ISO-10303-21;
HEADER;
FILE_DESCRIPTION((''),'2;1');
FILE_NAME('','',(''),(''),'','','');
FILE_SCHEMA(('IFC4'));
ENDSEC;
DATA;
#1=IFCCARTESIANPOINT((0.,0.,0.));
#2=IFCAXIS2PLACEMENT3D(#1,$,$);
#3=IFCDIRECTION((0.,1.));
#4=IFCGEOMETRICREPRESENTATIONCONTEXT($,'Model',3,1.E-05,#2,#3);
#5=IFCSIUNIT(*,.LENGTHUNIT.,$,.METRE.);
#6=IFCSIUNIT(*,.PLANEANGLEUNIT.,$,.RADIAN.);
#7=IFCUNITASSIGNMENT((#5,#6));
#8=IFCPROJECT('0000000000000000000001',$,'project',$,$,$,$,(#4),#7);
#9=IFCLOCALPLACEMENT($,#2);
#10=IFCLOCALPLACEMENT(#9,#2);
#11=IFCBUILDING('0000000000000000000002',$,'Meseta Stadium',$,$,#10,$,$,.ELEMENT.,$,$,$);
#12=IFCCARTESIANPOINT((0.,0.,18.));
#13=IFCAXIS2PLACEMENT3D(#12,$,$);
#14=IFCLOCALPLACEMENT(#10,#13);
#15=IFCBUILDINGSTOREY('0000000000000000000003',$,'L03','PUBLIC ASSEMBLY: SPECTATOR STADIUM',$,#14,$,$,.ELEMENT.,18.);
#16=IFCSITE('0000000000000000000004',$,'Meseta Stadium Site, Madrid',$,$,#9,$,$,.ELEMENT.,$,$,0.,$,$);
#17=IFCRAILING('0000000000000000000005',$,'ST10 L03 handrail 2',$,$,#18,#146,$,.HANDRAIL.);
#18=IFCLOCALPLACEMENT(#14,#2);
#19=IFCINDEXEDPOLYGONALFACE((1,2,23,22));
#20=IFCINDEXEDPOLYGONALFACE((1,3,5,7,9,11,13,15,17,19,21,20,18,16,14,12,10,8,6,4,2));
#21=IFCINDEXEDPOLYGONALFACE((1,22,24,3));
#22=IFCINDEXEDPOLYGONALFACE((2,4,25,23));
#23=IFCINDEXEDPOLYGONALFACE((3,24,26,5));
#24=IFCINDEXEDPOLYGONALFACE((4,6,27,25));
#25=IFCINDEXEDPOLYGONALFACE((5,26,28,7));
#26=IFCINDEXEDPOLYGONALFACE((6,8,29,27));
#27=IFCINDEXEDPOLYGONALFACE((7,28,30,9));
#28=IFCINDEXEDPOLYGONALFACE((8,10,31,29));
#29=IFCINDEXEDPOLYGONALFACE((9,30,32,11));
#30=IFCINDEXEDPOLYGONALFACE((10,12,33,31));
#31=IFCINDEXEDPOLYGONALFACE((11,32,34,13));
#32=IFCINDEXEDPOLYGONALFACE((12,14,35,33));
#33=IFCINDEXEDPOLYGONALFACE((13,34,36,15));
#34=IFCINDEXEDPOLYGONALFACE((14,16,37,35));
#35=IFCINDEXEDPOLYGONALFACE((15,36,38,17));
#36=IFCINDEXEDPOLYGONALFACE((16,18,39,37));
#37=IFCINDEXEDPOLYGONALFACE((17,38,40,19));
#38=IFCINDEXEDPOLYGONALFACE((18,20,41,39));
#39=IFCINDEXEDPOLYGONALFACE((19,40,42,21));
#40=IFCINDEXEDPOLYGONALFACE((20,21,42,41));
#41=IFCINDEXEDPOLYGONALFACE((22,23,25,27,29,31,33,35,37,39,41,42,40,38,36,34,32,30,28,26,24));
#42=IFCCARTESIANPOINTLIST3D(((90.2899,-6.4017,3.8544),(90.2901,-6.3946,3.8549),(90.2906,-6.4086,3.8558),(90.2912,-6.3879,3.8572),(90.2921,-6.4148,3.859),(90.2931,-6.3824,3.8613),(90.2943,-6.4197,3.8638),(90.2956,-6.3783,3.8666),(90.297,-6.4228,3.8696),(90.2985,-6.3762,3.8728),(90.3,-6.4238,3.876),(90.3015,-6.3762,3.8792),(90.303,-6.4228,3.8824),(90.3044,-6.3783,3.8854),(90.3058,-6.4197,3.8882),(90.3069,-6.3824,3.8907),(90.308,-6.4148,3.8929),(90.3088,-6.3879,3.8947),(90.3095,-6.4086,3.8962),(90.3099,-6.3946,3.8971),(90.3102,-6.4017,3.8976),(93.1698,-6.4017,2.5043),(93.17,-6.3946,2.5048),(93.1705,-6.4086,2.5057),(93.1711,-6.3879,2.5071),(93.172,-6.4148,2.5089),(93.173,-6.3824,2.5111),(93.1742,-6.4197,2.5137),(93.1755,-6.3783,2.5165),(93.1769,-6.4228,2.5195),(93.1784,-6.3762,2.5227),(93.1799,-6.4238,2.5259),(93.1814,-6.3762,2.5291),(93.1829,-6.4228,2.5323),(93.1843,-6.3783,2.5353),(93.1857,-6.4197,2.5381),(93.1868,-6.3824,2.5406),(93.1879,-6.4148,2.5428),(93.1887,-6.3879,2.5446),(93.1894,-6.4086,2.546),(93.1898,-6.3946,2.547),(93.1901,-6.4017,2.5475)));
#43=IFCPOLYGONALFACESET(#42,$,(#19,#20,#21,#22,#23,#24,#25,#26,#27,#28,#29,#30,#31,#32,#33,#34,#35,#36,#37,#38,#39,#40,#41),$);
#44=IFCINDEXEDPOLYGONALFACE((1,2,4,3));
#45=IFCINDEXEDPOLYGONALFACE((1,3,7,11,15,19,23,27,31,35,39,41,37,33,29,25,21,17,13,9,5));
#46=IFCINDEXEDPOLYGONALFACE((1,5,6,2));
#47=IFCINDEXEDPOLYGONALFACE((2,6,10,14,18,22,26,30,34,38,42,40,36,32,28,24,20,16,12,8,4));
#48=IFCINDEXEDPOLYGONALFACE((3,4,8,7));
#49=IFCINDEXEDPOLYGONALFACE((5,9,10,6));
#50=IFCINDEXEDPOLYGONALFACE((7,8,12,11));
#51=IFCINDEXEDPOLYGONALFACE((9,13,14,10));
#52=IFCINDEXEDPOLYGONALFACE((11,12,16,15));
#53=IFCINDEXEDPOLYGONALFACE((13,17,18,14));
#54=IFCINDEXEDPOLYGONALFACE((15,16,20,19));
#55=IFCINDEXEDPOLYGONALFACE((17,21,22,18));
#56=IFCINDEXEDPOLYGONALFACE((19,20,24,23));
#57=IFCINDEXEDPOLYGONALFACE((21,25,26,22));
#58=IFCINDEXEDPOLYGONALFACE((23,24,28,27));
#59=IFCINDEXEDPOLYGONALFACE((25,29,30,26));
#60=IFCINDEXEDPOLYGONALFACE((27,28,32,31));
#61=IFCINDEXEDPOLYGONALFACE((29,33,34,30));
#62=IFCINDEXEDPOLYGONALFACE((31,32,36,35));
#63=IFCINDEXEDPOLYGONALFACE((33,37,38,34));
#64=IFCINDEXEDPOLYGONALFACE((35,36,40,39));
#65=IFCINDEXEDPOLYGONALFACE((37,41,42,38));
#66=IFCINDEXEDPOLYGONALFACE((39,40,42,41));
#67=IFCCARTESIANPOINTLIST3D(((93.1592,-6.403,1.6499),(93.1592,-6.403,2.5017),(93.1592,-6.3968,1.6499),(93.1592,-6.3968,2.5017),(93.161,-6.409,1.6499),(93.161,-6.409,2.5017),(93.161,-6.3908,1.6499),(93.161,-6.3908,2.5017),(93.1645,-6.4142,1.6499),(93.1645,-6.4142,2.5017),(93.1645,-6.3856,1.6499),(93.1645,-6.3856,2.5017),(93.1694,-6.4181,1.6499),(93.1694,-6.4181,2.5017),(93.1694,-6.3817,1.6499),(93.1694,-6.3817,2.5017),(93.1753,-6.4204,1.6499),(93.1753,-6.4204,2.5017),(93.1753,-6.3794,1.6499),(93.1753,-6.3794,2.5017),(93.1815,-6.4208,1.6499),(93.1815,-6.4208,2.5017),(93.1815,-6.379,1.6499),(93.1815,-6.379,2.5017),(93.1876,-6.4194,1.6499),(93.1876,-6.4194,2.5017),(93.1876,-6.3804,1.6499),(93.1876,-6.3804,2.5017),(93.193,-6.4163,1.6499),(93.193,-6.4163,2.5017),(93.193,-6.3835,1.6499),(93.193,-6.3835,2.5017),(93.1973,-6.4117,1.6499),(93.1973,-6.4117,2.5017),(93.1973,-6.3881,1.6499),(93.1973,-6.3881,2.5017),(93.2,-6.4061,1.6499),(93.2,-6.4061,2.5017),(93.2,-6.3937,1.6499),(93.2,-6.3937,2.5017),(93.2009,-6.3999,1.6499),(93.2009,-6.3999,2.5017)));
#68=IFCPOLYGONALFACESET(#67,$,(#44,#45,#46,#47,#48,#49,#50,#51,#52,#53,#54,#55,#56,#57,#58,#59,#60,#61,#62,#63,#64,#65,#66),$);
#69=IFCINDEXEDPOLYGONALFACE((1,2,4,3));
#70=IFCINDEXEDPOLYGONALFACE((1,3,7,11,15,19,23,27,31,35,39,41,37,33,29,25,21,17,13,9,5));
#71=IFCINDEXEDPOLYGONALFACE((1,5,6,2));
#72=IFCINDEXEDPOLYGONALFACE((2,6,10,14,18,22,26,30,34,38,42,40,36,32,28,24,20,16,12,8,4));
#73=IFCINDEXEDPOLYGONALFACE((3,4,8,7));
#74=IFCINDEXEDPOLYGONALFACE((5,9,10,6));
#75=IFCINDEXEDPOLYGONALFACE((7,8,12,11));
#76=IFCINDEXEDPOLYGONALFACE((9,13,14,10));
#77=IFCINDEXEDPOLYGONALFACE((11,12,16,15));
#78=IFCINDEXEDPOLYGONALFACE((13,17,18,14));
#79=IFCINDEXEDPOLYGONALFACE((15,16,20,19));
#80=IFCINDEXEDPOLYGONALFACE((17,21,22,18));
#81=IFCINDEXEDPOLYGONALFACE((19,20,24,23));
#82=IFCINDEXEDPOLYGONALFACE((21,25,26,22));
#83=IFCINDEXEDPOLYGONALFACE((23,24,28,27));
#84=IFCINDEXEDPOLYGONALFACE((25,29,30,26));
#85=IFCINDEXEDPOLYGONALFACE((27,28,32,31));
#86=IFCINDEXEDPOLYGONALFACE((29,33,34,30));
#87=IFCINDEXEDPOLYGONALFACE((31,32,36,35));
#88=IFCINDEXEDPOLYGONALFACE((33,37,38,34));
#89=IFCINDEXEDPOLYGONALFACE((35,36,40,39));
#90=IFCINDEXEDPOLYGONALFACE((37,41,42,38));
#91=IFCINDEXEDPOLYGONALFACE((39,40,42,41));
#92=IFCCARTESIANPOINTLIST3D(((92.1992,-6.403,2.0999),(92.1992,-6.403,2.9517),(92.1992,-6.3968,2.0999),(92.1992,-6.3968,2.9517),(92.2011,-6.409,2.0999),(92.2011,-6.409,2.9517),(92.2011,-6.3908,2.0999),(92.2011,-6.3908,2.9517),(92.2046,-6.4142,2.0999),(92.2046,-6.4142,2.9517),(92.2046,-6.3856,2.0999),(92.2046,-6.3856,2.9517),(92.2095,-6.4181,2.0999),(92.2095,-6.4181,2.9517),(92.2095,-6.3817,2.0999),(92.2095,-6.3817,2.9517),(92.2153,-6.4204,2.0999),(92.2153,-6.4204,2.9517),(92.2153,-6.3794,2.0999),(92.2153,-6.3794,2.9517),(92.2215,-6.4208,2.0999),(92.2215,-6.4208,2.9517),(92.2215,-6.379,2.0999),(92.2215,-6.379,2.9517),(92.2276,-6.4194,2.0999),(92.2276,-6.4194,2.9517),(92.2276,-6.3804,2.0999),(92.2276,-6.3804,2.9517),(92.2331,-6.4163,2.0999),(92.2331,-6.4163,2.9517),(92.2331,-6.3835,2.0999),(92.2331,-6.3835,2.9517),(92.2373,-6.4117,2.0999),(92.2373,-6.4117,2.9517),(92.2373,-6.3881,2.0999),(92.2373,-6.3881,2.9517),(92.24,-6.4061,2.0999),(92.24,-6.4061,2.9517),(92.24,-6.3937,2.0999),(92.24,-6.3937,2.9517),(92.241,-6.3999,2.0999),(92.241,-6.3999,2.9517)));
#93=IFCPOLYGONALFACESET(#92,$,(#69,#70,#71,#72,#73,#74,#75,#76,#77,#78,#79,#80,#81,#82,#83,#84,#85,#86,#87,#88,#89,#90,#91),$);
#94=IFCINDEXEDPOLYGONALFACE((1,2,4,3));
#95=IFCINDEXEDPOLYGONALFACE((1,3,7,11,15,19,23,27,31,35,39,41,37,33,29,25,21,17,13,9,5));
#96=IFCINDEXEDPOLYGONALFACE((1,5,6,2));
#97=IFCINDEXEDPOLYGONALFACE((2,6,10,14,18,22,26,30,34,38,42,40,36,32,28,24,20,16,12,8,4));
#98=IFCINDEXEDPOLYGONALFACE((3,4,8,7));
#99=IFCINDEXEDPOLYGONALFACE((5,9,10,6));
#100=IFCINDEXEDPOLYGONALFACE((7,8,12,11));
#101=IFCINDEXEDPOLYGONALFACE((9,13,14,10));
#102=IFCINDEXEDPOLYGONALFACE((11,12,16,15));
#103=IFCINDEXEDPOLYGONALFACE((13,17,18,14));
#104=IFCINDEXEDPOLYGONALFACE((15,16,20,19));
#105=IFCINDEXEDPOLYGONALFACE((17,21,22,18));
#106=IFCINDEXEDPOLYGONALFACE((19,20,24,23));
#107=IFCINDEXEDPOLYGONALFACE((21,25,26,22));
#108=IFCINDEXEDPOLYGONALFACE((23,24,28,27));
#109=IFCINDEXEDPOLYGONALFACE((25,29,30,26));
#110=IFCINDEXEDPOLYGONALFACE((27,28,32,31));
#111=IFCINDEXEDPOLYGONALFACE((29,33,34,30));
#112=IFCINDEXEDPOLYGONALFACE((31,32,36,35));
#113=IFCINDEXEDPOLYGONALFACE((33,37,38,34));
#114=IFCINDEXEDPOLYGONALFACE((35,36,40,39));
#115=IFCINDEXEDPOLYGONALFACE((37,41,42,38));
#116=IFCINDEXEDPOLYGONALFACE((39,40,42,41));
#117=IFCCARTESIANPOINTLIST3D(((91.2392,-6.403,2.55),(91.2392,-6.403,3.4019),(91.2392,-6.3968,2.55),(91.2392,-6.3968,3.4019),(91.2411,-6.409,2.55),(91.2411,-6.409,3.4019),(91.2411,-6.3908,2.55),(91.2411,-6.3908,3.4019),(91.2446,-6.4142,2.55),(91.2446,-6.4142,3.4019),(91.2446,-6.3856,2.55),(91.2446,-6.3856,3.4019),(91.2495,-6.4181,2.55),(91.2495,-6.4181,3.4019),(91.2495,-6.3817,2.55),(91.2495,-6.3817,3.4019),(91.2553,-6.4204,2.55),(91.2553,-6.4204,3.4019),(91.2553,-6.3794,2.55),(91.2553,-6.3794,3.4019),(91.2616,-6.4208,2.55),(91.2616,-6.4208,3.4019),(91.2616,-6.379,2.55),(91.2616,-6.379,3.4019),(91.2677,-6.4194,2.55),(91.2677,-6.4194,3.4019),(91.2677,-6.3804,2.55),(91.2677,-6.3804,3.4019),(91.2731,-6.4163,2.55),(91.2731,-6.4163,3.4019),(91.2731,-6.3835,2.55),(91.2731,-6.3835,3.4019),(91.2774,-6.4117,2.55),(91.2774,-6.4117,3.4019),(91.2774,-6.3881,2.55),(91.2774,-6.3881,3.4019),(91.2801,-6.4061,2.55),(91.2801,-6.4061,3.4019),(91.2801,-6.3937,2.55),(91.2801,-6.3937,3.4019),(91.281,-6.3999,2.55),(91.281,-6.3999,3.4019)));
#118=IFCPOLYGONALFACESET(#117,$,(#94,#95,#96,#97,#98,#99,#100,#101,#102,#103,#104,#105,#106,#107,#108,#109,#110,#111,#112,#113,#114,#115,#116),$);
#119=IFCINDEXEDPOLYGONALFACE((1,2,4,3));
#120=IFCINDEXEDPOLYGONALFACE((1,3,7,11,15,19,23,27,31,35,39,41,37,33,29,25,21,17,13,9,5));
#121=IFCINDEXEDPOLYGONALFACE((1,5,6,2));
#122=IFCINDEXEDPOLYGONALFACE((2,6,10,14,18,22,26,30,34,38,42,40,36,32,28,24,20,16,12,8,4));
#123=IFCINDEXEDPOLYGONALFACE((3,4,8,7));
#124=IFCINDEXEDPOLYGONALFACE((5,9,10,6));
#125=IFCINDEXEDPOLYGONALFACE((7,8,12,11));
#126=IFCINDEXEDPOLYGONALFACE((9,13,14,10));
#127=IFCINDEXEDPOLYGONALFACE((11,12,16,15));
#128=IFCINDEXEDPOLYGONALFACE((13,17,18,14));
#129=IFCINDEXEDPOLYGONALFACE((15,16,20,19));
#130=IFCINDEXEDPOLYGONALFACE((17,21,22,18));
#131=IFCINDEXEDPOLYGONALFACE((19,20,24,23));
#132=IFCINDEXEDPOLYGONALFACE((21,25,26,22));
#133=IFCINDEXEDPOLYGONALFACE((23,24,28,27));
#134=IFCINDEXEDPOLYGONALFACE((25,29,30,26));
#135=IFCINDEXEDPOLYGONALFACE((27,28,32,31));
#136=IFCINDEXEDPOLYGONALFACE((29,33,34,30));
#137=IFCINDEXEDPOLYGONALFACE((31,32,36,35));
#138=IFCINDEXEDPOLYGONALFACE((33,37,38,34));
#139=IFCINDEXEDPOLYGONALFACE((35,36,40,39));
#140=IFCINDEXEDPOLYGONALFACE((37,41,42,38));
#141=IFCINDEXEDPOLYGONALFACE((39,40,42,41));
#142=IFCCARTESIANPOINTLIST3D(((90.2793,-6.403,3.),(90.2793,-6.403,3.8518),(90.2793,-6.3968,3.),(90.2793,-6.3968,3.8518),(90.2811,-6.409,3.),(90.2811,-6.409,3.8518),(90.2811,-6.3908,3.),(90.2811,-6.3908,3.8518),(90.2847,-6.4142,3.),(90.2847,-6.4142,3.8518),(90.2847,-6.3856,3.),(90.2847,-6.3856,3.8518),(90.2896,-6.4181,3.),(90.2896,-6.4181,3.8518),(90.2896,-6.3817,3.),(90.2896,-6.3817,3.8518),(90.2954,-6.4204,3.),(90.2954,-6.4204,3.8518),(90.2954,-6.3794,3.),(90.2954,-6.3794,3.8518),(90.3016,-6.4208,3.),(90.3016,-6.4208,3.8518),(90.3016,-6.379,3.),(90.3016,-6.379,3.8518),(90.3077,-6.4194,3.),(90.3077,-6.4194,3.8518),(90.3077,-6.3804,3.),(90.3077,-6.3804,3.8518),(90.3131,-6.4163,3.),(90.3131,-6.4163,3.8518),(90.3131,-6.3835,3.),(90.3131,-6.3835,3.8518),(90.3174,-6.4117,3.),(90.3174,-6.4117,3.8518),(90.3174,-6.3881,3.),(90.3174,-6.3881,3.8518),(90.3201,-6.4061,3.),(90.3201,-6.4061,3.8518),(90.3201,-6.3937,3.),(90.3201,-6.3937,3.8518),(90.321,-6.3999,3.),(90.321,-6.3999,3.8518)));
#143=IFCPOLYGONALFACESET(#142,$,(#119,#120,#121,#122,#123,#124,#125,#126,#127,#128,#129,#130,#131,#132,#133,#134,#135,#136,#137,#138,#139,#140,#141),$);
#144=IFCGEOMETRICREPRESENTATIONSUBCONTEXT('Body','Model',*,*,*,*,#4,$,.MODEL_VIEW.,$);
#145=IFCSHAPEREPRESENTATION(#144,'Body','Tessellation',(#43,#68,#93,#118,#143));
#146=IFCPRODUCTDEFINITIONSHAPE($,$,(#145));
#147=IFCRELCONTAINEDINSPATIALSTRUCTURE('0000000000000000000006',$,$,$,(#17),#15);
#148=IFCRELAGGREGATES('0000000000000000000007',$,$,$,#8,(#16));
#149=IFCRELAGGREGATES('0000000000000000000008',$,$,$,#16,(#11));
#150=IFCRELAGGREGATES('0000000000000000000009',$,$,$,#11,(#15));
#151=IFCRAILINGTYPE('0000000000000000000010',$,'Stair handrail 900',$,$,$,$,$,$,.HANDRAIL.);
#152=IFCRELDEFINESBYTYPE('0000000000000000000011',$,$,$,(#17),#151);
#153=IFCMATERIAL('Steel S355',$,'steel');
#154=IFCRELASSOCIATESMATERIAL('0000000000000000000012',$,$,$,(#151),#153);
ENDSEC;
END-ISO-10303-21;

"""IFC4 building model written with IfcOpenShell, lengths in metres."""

from ifc_helpers import new_model, si_unit, direction, frame, origin, origin_2d, place, context, subcontext, project, spatial, circle, extrude, material, type_object, element, save


model = new_model("IFC4")

# Units and contexts
model_context = context("Model", 3, precision=1e-05, world=origin(), true_north=direction((0.0, 1.0)))
body_context = subcontext(model_context, "Body", "Model", "MODEL_VIEW")
ifc_project = project(units=[si_unit("LENGTHUNIT", "METRE"), si_unit("PLANEANGLEUNIT", "RADIAN")], contexts=[model_context])

# Site, building, storey
site_placement = place(None, origin())
site = spatial("IfcSite", under=ifc_project, at=site_placement, Name="Meseta Stadium Site, Madrid", CompositionType="ELEMENT", RefElevation=0.0)
building_placement = place(site_placement, origin())
building = spatial("IfcBuilding", under=site, at=building_placement, Name="Meseta Stadium", CompositionType="ELEMENT")
storey_placement = place(building_placement, frame((0.0, 0.0, 18.0)))
storey = spatial("IfcBuildingStorey", under=building, at=storey_placement, Name="L03", Description="PUBLIC ASSEMBLY: SPECTATOR STADIUM", CompositionType="ELEMENT", Elevation=18.0)

# Railing
ifc_material_1 = material(Name="Steel S355", Category="steel")
railing_type_1 = type_object("IfcRailingType", Name="Stair handrail 900", PredefinedType="HANDRAIL", material=ifc_material_1)
for number, where, name in (
    (1, (93.1799, -6.3999, 1.6499), "ST10 L03 handrail 2"),
):
    element("IfcRailing", number, at=place(storey_placement, frame(where)), inside=storey, type_object=railing_type_1, Name=name, PredefinedType="HANDRAIL", context=body_context, shape_type="SweptSolid", body=[
        extrude(circle(Radius=0.0239, at=origin_2d()), frame((0.0, 0.0, 0.876), z_axis=(-0.90544, 0.0, 0.424473), x_axis=(0.0, -1.0, 0.0)), (0.0, 0.0, 1.0), 3.1807),
        extrude(circle(Radius=0.021, at=origin_2d()), origin(), (0.0, 0.0, 1.0), 0.8518),
        extrude(circle(Radius=0.021, at=origin_2d()), frame((-0.96, 0.0, 0.45)), (0.0, 0.0, 1.0), 0.8518),
        extrude(circle(Radius=0.021, at=origin_2d()), frame((-1.9199, 0.0, 0.9001)), (0.0, 0.0, 1.0), 0.8518),
        extrude(circle(Radius=0.021, at=origin_2d()), frame((-2.8799, 0.0, 1.3501)), (0.0, 0.0, 1.0), 0.8518),
    ])

save(model, "model.ifc")
